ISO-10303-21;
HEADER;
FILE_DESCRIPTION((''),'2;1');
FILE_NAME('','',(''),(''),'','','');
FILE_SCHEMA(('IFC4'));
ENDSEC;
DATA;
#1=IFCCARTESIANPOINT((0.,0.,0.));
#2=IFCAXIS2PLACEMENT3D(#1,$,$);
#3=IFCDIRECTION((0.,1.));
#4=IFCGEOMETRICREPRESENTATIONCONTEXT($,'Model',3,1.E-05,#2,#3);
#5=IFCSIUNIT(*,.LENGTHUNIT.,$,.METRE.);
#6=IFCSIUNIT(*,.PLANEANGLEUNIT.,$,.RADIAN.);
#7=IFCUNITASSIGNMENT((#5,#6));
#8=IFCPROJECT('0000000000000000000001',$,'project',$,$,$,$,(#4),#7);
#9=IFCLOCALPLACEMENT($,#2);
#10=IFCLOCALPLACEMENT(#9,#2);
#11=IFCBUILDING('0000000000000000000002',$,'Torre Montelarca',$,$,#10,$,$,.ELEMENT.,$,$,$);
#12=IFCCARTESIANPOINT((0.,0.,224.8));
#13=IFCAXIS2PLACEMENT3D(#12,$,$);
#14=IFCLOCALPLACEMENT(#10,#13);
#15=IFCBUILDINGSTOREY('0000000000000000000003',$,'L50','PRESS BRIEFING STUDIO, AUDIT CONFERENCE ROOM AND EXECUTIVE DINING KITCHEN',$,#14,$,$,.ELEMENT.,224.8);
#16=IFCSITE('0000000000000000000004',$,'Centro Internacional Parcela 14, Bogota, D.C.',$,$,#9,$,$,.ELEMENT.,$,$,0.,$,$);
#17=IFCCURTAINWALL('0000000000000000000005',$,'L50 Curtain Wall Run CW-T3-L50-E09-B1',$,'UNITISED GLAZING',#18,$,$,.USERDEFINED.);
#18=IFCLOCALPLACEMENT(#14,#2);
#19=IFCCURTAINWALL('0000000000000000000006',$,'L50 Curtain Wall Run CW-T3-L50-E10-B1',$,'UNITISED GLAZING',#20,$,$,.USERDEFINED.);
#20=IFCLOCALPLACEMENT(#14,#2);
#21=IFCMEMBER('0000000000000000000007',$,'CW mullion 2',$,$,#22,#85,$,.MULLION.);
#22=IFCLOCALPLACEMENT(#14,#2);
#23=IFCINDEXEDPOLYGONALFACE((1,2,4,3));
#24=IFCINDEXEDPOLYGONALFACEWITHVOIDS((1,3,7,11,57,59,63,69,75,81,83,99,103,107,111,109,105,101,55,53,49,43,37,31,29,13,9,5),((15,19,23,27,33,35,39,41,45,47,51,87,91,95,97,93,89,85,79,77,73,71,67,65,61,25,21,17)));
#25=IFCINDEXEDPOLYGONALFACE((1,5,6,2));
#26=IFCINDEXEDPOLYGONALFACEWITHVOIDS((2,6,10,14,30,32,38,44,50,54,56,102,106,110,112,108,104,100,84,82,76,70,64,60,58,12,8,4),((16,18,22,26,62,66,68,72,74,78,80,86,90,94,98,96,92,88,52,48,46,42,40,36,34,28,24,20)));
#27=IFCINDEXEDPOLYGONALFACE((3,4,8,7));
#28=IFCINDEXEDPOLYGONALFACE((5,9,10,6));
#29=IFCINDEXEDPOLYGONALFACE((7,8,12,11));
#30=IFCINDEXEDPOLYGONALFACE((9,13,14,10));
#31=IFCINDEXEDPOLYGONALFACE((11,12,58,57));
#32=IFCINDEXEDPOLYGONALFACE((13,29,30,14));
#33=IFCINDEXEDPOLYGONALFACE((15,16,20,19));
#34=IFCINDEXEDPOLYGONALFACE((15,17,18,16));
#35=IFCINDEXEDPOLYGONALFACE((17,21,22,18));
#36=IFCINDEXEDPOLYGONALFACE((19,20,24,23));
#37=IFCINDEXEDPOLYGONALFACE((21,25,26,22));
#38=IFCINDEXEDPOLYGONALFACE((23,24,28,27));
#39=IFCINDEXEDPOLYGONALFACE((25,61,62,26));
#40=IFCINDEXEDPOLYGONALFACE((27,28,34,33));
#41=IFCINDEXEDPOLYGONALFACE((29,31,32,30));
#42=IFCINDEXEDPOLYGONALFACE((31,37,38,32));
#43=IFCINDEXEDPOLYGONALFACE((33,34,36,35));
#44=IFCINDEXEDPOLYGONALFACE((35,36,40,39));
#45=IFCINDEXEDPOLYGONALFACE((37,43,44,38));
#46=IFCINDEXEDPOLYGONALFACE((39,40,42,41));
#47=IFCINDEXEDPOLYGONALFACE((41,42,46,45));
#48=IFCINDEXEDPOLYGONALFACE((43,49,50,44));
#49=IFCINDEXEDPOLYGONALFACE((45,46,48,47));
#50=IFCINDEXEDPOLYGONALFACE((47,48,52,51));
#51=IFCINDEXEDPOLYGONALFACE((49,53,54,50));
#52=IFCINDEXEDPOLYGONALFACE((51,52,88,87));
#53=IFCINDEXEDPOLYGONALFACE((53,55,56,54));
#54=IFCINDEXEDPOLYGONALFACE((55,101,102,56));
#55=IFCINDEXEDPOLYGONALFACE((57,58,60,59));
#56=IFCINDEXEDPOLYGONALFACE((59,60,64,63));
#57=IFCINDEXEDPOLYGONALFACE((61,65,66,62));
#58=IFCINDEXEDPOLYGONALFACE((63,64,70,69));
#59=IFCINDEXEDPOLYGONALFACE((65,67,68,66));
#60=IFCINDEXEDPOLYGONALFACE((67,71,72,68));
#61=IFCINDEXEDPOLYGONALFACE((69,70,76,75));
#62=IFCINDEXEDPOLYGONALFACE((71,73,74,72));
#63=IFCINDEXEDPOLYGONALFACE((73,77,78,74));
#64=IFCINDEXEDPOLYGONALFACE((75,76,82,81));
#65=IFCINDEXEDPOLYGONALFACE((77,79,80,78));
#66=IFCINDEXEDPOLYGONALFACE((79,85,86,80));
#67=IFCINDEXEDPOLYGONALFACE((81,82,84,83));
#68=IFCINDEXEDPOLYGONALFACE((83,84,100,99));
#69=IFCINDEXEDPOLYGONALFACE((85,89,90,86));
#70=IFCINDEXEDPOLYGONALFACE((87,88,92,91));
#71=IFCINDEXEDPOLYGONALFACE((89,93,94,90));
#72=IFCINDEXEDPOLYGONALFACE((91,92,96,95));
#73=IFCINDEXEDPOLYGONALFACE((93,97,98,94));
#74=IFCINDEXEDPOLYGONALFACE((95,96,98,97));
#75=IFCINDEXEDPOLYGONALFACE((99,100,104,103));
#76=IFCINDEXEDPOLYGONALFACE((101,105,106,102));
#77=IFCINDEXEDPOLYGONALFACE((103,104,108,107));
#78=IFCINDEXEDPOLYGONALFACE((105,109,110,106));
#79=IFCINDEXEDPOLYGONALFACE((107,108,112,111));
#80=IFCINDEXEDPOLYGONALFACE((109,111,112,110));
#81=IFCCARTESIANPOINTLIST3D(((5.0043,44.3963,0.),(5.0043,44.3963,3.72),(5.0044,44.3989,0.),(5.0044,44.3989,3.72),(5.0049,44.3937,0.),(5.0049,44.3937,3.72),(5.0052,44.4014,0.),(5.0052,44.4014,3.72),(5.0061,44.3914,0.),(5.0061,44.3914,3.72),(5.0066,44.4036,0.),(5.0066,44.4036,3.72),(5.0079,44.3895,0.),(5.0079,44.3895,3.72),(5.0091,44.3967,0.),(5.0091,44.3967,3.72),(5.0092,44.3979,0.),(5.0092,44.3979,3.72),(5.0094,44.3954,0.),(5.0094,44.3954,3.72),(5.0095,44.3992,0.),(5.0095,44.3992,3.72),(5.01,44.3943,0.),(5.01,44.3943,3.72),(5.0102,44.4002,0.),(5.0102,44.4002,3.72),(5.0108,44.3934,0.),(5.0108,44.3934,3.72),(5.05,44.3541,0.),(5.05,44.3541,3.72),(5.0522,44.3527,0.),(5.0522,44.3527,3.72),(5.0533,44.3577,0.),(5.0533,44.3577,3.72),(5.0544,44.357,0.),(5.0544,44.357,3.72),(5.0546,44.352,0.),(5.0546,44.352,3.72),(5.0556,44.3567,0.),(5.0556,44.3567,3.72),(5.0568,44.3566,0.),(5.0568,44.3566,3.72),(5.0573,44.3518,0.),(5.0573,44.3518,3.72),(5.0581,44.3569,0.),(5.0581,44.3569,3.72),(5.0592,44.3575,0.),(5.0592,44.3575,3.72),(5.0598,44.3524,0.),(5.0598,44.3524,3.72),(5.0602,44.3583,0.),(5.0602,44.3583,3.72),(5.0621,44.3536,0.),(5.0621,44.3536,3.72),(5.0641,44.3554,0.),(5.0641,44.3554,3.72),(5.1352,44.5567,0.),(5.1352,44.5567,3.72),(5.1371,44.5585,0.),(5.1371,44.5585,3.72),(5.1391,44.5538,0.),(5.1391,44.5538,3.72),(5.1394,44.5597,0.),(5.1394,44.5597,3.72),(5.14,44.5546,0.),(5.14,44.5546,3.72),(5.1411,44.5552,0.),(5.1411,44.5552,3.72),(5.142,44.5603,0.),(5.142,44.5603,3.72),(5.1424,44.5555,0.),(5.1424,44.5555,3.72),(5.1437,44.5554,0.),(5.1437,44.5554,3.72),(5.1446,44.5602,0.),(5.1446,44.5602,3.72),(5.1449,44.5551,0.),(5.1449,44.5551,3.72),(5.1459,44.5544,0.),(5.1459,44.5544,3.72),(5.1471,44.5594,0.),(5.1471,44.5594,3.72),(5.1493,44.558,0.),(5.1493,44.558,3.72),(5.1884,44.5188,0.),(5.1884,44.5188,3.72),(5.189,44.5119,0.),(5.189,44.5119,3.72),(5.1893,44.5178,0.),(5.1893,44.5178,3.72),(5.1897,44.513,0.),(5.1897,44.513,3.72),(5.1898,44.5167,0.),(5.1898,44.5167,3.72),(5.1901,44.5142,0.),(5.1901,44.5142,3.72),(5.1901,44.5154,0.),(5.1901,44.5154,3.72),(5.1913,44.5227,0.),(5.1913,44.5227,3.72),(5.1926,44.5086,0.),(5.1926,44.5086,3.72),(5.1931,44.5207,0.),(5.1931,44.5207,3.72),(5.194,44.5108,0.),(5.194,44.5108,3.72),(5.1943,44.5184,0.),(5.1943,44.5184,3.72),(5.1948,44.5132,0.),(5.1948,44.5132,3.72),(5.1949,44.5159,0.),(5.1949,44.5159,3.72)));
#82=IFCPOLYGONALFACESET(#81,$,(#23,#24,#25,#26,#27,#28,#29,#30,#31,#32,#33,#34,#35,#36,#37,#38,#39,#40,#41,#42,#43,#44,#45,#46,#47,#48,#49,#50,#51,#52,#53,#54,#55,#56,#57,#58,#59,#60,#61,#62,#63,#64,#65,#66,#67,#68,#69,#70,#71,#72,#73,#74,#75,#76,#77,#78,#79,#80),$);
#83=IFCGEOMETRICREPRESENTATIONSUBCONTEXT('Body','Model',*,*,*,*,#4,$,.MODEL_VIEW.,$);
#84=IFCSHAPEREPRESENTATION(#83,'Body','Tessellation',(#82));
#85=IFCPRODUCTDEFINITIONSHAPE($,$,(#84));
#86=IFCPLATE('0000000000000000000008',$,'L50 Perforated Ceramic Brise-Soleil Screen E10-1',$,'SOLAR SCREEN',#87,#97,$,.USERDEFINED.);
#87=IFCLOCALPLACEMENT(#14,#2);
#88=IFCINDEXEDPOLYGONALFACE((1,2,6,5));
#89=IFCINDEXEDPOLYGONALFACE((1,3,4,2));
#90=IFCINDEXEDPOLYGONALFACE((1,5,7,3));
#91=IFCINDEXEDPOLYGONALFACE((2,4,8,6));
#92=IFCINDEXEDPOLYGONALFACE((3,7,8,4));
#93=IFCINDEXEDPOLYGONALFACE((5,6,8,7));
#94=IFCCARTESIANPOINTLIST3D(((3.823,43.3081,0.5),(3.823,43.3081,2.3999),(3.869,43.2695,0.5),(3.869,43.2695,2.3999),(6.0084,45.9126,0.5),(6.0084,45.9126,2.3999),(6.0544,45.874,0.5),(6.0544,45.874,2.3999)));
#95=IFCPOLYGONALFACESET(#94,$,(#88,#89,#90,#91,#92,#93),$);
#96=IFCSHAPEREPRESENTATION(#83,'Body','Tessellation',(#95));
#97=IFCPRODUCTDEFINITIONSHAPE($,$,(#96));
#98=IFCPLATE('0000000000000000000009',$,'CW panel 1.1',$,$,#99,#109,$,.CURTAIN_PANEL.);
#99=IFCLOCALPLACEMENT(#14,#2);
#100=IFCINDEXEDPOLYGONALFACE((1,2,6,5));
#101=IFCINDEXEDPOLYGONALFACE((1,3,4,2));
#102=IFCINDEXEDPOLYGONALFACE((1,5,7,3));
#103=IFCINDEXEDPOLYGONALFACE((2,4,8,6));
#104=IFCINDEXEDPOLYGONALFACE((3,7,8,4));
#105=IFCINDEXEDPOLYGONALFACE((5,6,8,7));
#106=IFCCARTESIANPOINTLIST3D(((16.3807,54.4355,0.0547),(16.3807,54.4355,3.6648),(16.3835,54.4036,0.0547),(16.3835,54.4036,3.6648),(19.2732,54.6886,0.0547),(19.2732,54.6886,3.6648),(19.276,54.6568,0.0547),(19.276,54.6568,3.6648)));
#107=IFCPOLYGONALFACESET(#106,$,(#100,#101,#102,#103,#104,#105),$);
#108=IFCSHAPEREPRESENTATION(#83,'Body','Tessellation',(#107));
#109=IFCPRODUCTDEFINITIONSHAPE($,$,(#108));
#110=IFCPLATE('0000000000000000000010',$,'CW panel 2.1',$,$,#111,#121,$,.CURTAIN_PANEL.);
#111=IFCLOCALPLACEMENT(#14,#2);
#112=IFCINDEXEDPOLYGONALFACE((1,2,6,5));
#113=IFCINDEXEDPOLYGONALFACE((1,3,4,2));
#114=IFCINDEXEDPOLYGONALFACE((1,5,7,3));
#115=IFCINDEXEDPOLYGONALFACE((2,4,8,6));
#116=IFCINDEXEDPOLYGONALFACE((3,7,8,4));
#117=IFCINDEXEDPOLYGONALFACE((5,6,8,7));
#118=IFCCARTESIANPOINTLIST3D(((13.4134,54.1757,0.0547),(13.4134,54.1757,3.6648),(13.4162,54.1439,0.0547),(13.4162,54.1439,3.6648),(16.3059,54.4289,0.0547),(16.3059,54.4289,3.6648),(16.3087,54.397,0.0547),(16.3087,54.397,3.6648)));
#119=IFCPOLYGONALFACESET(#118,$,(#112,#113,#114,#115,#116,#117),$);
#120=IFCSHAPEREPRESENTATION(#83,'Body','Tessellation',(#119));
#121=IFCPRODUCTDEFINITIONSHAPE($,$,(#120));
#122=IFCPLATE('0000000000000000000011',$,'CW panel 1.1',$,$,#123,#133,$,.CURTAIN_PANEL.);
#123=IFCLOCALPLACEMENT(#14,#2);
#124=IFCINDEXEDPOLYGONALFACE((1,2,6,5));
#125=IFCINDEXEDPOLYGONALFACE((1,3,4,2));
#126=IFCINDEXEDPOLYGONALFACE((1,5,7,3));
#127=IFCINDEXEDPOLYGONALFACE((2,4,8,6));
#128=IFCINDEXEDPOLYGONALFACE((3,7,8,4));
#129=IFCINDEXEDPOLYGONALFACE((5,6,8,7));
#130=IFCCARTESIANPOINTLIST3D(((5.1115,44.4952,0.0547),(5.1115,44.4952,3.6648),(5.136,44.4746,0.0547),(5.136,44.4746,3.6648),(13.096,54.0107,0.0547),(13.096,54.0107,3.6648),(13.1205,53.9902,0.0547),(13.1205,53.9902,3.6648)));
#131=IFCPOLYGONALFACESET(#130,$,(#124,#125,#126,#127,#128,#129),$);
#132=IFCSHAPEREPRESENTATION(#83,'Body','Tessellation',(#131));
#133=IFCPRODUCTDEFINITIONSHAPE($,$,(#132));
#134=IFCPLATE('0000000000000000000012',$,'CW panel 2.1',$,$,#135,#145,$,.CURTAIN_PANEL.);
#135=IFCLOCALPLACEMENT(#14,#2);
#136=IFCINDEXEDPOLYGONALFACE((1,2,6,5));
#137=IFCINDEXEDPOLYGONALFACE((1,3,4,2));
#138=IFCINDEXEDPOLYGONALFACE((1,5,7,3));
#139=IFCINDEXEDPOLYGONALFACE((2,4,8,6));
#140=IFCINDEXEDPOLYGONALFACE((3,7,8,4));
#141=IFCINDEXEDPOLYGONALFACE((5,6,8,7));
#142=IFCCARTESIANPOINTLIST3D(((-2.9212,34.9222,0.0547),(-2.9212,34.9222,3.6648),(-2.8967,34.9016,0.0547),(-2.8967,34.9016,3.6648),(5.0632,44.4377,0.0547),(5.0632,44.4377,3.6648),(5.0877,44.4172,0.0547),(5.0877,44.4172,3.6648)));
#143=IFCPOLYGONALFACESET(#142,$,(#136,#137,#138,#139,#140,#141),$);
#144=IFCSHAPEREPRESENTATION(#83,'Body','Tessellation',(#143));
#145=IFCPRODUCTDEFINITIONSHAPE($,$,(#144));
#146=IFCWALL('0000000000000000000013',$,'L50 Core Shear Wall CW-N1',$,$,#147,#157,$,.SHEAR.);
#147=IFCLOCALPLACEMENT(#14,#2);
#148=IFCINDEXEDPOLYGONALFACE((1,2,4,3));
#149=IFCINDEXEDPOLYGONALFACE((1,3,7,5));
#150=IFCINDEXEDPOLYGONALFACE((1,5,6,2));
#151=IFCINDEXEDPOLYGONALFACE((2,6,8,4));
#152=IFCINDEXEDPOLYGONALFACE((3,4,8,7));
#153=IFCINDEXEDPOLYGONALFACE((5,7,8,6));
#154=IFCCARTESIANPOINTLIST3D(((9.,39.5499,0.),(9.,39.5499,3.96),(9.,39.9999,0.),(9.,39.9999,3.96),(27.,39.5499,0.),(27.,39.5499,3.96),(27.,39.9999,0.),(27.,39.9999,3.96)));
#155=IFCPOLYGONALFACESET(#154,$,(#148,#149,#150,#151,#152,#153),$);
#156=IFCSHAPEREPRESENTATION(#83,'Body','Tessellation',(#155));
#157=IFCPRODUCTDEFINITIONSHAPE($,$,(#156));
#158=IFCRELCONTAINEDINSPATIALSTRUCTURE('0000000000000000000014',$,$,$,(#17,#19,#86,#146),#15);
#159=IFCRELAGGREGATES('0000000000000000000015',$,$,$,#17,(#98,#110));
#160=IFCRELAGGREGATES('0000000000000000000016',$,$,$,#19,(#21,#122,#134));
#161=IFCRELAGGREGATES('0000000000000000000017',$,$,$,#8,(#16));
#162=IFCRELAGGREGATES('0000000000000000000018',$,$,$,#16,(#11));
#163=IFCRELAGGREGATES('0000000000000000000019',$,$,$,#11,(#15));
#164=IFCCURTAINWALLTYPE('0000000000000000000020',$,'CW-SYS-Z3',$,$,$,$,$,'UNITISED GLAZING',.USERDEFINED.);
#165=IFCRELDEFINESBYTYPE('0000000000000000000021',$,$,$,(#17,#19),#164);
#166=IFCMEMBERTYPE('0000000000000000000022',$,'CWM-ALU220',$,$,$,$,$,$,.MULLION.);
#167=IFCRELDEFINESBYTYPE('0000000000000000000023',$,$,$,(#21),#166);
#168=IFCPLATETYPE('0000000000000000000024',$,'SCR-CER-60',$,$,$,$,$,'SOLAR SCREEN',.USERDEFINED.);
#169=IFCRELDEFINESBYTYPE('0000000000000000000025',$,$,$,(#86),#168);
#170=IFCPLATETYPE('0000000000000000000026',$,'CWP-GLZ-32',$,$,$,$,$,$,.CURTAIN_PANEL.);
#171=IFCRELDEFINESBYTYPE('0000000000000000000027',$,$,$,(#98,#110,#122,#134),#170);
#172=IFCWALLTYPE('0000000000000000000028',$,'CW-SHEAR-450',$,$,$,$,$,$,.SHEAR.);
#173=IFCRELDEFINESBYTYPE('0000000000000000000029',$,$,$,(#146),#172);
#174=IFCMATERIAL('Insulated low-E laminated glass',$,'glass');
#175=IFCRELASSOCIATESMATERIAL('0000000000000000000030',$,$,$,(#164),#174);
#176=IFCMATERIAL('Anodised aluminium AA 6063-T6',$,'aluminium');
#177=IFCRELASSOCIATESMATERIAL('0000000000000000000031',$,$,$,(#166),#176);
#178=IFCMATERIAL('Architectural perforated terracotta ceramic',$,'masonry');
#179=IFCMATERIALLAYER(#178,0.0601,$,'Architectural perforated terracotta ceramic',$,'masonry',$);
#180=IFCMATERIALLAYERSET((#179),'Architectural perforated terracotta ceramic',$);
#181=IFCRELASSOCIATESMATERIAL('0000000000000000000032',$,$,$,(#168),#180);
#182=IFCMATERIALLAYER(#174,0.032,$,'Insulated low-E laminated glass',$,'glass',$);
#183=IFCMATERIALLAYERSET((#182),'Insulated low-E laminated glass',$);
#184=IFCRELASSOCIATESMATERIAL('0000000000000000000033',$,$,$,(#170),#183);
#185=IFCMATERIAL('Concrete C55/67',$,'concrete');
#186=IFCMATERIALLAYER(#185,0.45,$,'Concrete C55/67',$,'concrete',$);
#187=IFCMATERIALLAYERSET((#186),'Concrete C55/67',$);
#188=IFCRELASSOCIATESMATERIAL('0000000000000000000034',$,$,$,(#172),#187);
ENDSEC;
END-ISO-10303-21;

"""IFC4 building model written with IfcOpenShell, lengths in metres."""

from ifc_helpers import new_model, si_unit, direction, frame, frame_2d, origin, origin_2d, place, context, subcontext, project, spatial, rectangle, hollow_rectangle, extrude, source, transform, mapped, material, layer, layer_set, material_profile, profile_set, type_object, element, aggregate, save


model = new_model("IFC4")

# Units and contexts
model_context = context("Model", 3, precision=1e-05, world=origin(), true_north=direction((0.0, 1.0)))
body_context = subcontext(model_context, "Body", "Model", "MODEL_VIEW")
ifc_project = project(units=[si_unit("LENGTHUNIT", "METRE"), si_unit("PLANEANGLEUNIT", "RADIAN")], contexts=[model_context])

# Site, building, storey
site_placement = place(None, origin())
site = spatial("IfcSite", under=ifc_project, at=site_placement, Name="Centro Internacional Parcela 14, Bogota, D.C.", CompositionType="ELEMENT", RefElevation=0.0)
building_placement = place(site_placement, origin())
building = spatial("IfcBuilding", under=site, at=building_placement, Name="Torre Montelarca", CompositionType="ELEMENT")
storey_placement = place(building_placement, frame((0.0, 0.0, 224.8)))
storey = spatial("IfcBuildingStorey", under=building, at=storey_placement, Name="L50", Description="PRESS BRIEFING STUDIO, AUDIT CONFERENCE ROOM AND EXECUTIVE DINING KITCHEN", CompositionType="ELEMENT", Elevation=224.8)

# Shared definitions
ifc_material_1 = material(Name="Concrete C55/67", Category="concrete")

# Curtain walls
ifc_material_2 = material(Name="Insulated low-E laminated glass", Category="glass")
curtain_wall_type = type_object("IfcCurtainWallType", Name="CW-SYS-Z3", ElementType="UNITISED GLAZING", PredefinedType="USERDEFINED", material=ifc_material_2)
curtain_wall_1_placement = place(storey_placement, origin())
curtain_wall_1 = element("IfcCurtainWall", 1, at=curtain_wall_1_placement, inside=storey, type_object=curtain_wall_type, Name="L50 Curtain Wall Run CW-T3-L50-E09-B1", ObjectType="UNITISED GLAZING", PredefinedType="USERDEFINED")
ifc_material_3 = material(Name="Anodised aluminium AA 6063-T6", Category="aluminium")
curtain_wall_2_placement = place(storey_placement, origin())
curtain_wall_2 = element("IfcCurtainWall", 2, at=curtain_wall_2_placement, inside=storey, type_object=curtain_wall_type, Name="L50 Curtain Wall Run CW-T3-L50-E10-B1", ObjectType="UNITISED GLAZING", PredefinedType="USERDEFINED")

# Member
ifc_material_profile_1 = material_profile(ifc_material_3, hollow_rectangle(XDim=0.075, YDim=0.22, WallThickness=0.0049, InnerFilletRadius=0.0049, OuterFilletRadius=0.01, at=origin_2d()), Name="ALU75X220X5", Category="aluminium")
ifc_profile_set_1 = profile_set([ifc_material_profile_1], Name="Anodised aluminium AA 6063-T6")
member_type_1 = type_object("IfcMemberType", Name="CWM-ALU220", PredefinedType="MULLION", material=ifc_profile_set_1)
shared_shape_1 = source(origin(), body_context, "Body", "SweptSolid", [
    extrude(hollow_rectangle(XDim=0.075, YDim=0.22, WallThickness=0.0049, InnerFilletRadius=0.0049, OuterFilletRadius=0.01, at=origin_2d()), origin(), (0.0, 0.0, 1.0), 3.72),
])
member_1_placement = place(storey_placement, frame((5.0996, 44.4561, 0.0), z_axis=(0.0, 0.0, 1.0), x_axis=(0.766044, -0.642788, 0.0)))
member_1 = element("IfcMember", 3, at=member_1_placement, type_object=member_type_1, Name="CW mullion 2", PredefinedType="MULLION", context=body_context, shape_type="MappedRepresentation", body=[
    mapped(shared_shape_1, transform((0.0, 0.0, 0.0), scale=1.0)),
])

# Plates
ifc_material_4 = material(Name="Architectural perforated terracotta ceramic", Category="masonry")
ifc_layer_1 = layer(ifc_material_4, 0.0601, Name="Architectural perforated terracotta ceramic", Category="masonry")
ifc_layer_set_1 = layer_set([ifc_layer_1], Name="Architectural perforated terracotta ceramic")
plate_type_1 = type_object("IfcPlateType", Name="SCR-CER-60", ElementType="SOLAR SCREEN", PredefinedType="USERDEFINED", material=ifc_layer_set_1)
shared_shape_2 = source(origin(), body_context, "Body", "SweptSolid", [
    extrude(rectangle(XDim=3.3999, YDim=0.0601, at=origin_2d()), origin(), (0.0, 0.0, 1.0), 1.8999),
])
plate_1_placement = place(storey_placement, frame((4.9387, 44.5911, 0.5), z_axis=(0.0, 0.0, 1.0), x_axis=(-0.642788, -0.766044, 0.0)))
element("IfcPlate", 4, at=plate_1_placement, inside=storey, type_object=plate_type_1, Name="L50 Perforated Ceramic Brise-Soleil Screen E10-1", ObjectType="SOLAR SCREEN", PredefinedType="USERDEFINED", context=body_context, shape_type="MappedRepresentation", body=[
    mapped(shared_shape_2, transform((0.0, 0.0, 0.0), scale=1.0)),
])
ifc_layer_2 = layer(ifc_material_2, 0.032, Name="Insulated low-E laminated glass", Category="glass")
ifc_layer_set_2 = layer_set([ifc_layer_2], Name="Insulated low-E laminated glass")
plate_type_2 = type_object("IfcPlateType", Name="CWP-GLZ-32", PredefinedType="CURTAIN_PANEL", material=ifc_layer_set_2)
shared_shape_3 = source(origin(), body_context, "Body", "SweptSolid", [
    extrude(rectangle(XDim=2.9036, YDim=0.032, at=origin_2d()), origin(), (0.0, 0.0, 1.0), 3.6101),
])
plate_2_placement = place(storey_placement, frame((17.8284, 54.5461, 0.0547), z_axis=(0.0, 0.0, 1.0), x_axis=(-0.996192, -0.087183, 0.0)))
plate_2 = element("IfcPlate", 5, at=plate_2_placement, type_object=plate_type_2, Name="CW panel 1.1", PredefinedType="CURTAIN_PANEL", context=body_context, shape_type="MappedRepresentation", body=[
    mapped(shared_shape_3, transform((0.0, 0.0, 0.0), scale=1.0)),
])
plate_3_placement = place(storey_placement, frame((14.8611, 54.2864, 0.0547), z_axis=(0.0, 0.0, 1.0), x_axis=(-0.996192, -0.087183, 0.0)))
plate_3 = element("IfcPlate", 6, at=plate_3_placement, type_object=plate_type_2, Name="CW panel 2.1", PredefinedType="CURTAIN_PANEL", context=body_context, shape_type="MappedRepresentation", body=[
    mapped(shared_shape_3, transform((0.0, 0.0, 0.0), scale=1.0)),
])
aggregate(curtain_wall_1, [plate_2, plate_3])
shared_shape_4 = source(origin(), body_context, "Body", "SweptSolid", [
    extrude(rectangle(XDim=12.4216, YDim=0.032, at=origin_2d()), origin(), (0.0, 0.0, 1.0), 3.6101),
])
plate_4_placement = place(storey_placement, frame((9.116, 49.2427, 0.0547), z_axis=(0.0, 0.0, 1.0), x_axis=(-0.642788, -0.766044, 0.0)))
plate_4 = element("IfcPlate", 7, at=plate_4_placement, type_object=plate_type_2, Name="CW panel 1.1", PredefinedType="CURTAIN_PANEL", context=body_context, shape_type="MappedRepresentation", body=[
    mapped(shared_shape_4, transform((0.0, 0.0, 0.0), scale=1.0)),
])
plate_5_placement = place(storey_placement, frame((1.0833, 39.6697, 0.0547), z_axis=(0.0, 0.0, 1.0), x_axis=(-0.642788, -0.766044, 0.0)))
plate_5 = element("IfcPlate", 8, at=plate_5_placement, type_object=plate_type_2, Name="CW panel 2.1", PredefinedType="CURTAIN_PANEL", context=body_context, shape_type="MappedRepresentation", body=[
    mapped(shared_shape_4, transform((0.0, 0.0, 0.0), scale=1.0)),
])
aggregate(curtain_wall_2, [member_1, plate_4, plate_5])

# Wall
ifc_layer_3 = layer(ifc_material_1, 0.45, Name="Concrete C55/67", Category="concrete")
ifc_layer_set_3 = layer_set([ifc_layer_3], Name="Concrete C55/67")
wall_type_1 = type_object("IfcWallType", Name="CW-SHEAR-450", PredefinedType="SHEAR", material=ifc_layer_set_3)
wall_1_placement = place(storey_placement, frame((9.0, 39.7749, 0.0), z_axis=(0.0, 0.0, 1.0), x_axis=(1.0, 0.0, 0.0)))
element("IfcWall", 9, at=wall_1_placement, inside=storey, type_object=wall_type_1, Name="L50 Core Shear Wall CW-N1", PredefinedType="SHEAR", context=body_context, shape_type="SweptSolid", body=[
    extrude(rectangle(XDim=18.0, YDim=0.45, at=frame_2d((9.0, 0.0))), origin(), (0.0, 0.0, 1.0), 3.96),
])

save(model, "model.ifc")
